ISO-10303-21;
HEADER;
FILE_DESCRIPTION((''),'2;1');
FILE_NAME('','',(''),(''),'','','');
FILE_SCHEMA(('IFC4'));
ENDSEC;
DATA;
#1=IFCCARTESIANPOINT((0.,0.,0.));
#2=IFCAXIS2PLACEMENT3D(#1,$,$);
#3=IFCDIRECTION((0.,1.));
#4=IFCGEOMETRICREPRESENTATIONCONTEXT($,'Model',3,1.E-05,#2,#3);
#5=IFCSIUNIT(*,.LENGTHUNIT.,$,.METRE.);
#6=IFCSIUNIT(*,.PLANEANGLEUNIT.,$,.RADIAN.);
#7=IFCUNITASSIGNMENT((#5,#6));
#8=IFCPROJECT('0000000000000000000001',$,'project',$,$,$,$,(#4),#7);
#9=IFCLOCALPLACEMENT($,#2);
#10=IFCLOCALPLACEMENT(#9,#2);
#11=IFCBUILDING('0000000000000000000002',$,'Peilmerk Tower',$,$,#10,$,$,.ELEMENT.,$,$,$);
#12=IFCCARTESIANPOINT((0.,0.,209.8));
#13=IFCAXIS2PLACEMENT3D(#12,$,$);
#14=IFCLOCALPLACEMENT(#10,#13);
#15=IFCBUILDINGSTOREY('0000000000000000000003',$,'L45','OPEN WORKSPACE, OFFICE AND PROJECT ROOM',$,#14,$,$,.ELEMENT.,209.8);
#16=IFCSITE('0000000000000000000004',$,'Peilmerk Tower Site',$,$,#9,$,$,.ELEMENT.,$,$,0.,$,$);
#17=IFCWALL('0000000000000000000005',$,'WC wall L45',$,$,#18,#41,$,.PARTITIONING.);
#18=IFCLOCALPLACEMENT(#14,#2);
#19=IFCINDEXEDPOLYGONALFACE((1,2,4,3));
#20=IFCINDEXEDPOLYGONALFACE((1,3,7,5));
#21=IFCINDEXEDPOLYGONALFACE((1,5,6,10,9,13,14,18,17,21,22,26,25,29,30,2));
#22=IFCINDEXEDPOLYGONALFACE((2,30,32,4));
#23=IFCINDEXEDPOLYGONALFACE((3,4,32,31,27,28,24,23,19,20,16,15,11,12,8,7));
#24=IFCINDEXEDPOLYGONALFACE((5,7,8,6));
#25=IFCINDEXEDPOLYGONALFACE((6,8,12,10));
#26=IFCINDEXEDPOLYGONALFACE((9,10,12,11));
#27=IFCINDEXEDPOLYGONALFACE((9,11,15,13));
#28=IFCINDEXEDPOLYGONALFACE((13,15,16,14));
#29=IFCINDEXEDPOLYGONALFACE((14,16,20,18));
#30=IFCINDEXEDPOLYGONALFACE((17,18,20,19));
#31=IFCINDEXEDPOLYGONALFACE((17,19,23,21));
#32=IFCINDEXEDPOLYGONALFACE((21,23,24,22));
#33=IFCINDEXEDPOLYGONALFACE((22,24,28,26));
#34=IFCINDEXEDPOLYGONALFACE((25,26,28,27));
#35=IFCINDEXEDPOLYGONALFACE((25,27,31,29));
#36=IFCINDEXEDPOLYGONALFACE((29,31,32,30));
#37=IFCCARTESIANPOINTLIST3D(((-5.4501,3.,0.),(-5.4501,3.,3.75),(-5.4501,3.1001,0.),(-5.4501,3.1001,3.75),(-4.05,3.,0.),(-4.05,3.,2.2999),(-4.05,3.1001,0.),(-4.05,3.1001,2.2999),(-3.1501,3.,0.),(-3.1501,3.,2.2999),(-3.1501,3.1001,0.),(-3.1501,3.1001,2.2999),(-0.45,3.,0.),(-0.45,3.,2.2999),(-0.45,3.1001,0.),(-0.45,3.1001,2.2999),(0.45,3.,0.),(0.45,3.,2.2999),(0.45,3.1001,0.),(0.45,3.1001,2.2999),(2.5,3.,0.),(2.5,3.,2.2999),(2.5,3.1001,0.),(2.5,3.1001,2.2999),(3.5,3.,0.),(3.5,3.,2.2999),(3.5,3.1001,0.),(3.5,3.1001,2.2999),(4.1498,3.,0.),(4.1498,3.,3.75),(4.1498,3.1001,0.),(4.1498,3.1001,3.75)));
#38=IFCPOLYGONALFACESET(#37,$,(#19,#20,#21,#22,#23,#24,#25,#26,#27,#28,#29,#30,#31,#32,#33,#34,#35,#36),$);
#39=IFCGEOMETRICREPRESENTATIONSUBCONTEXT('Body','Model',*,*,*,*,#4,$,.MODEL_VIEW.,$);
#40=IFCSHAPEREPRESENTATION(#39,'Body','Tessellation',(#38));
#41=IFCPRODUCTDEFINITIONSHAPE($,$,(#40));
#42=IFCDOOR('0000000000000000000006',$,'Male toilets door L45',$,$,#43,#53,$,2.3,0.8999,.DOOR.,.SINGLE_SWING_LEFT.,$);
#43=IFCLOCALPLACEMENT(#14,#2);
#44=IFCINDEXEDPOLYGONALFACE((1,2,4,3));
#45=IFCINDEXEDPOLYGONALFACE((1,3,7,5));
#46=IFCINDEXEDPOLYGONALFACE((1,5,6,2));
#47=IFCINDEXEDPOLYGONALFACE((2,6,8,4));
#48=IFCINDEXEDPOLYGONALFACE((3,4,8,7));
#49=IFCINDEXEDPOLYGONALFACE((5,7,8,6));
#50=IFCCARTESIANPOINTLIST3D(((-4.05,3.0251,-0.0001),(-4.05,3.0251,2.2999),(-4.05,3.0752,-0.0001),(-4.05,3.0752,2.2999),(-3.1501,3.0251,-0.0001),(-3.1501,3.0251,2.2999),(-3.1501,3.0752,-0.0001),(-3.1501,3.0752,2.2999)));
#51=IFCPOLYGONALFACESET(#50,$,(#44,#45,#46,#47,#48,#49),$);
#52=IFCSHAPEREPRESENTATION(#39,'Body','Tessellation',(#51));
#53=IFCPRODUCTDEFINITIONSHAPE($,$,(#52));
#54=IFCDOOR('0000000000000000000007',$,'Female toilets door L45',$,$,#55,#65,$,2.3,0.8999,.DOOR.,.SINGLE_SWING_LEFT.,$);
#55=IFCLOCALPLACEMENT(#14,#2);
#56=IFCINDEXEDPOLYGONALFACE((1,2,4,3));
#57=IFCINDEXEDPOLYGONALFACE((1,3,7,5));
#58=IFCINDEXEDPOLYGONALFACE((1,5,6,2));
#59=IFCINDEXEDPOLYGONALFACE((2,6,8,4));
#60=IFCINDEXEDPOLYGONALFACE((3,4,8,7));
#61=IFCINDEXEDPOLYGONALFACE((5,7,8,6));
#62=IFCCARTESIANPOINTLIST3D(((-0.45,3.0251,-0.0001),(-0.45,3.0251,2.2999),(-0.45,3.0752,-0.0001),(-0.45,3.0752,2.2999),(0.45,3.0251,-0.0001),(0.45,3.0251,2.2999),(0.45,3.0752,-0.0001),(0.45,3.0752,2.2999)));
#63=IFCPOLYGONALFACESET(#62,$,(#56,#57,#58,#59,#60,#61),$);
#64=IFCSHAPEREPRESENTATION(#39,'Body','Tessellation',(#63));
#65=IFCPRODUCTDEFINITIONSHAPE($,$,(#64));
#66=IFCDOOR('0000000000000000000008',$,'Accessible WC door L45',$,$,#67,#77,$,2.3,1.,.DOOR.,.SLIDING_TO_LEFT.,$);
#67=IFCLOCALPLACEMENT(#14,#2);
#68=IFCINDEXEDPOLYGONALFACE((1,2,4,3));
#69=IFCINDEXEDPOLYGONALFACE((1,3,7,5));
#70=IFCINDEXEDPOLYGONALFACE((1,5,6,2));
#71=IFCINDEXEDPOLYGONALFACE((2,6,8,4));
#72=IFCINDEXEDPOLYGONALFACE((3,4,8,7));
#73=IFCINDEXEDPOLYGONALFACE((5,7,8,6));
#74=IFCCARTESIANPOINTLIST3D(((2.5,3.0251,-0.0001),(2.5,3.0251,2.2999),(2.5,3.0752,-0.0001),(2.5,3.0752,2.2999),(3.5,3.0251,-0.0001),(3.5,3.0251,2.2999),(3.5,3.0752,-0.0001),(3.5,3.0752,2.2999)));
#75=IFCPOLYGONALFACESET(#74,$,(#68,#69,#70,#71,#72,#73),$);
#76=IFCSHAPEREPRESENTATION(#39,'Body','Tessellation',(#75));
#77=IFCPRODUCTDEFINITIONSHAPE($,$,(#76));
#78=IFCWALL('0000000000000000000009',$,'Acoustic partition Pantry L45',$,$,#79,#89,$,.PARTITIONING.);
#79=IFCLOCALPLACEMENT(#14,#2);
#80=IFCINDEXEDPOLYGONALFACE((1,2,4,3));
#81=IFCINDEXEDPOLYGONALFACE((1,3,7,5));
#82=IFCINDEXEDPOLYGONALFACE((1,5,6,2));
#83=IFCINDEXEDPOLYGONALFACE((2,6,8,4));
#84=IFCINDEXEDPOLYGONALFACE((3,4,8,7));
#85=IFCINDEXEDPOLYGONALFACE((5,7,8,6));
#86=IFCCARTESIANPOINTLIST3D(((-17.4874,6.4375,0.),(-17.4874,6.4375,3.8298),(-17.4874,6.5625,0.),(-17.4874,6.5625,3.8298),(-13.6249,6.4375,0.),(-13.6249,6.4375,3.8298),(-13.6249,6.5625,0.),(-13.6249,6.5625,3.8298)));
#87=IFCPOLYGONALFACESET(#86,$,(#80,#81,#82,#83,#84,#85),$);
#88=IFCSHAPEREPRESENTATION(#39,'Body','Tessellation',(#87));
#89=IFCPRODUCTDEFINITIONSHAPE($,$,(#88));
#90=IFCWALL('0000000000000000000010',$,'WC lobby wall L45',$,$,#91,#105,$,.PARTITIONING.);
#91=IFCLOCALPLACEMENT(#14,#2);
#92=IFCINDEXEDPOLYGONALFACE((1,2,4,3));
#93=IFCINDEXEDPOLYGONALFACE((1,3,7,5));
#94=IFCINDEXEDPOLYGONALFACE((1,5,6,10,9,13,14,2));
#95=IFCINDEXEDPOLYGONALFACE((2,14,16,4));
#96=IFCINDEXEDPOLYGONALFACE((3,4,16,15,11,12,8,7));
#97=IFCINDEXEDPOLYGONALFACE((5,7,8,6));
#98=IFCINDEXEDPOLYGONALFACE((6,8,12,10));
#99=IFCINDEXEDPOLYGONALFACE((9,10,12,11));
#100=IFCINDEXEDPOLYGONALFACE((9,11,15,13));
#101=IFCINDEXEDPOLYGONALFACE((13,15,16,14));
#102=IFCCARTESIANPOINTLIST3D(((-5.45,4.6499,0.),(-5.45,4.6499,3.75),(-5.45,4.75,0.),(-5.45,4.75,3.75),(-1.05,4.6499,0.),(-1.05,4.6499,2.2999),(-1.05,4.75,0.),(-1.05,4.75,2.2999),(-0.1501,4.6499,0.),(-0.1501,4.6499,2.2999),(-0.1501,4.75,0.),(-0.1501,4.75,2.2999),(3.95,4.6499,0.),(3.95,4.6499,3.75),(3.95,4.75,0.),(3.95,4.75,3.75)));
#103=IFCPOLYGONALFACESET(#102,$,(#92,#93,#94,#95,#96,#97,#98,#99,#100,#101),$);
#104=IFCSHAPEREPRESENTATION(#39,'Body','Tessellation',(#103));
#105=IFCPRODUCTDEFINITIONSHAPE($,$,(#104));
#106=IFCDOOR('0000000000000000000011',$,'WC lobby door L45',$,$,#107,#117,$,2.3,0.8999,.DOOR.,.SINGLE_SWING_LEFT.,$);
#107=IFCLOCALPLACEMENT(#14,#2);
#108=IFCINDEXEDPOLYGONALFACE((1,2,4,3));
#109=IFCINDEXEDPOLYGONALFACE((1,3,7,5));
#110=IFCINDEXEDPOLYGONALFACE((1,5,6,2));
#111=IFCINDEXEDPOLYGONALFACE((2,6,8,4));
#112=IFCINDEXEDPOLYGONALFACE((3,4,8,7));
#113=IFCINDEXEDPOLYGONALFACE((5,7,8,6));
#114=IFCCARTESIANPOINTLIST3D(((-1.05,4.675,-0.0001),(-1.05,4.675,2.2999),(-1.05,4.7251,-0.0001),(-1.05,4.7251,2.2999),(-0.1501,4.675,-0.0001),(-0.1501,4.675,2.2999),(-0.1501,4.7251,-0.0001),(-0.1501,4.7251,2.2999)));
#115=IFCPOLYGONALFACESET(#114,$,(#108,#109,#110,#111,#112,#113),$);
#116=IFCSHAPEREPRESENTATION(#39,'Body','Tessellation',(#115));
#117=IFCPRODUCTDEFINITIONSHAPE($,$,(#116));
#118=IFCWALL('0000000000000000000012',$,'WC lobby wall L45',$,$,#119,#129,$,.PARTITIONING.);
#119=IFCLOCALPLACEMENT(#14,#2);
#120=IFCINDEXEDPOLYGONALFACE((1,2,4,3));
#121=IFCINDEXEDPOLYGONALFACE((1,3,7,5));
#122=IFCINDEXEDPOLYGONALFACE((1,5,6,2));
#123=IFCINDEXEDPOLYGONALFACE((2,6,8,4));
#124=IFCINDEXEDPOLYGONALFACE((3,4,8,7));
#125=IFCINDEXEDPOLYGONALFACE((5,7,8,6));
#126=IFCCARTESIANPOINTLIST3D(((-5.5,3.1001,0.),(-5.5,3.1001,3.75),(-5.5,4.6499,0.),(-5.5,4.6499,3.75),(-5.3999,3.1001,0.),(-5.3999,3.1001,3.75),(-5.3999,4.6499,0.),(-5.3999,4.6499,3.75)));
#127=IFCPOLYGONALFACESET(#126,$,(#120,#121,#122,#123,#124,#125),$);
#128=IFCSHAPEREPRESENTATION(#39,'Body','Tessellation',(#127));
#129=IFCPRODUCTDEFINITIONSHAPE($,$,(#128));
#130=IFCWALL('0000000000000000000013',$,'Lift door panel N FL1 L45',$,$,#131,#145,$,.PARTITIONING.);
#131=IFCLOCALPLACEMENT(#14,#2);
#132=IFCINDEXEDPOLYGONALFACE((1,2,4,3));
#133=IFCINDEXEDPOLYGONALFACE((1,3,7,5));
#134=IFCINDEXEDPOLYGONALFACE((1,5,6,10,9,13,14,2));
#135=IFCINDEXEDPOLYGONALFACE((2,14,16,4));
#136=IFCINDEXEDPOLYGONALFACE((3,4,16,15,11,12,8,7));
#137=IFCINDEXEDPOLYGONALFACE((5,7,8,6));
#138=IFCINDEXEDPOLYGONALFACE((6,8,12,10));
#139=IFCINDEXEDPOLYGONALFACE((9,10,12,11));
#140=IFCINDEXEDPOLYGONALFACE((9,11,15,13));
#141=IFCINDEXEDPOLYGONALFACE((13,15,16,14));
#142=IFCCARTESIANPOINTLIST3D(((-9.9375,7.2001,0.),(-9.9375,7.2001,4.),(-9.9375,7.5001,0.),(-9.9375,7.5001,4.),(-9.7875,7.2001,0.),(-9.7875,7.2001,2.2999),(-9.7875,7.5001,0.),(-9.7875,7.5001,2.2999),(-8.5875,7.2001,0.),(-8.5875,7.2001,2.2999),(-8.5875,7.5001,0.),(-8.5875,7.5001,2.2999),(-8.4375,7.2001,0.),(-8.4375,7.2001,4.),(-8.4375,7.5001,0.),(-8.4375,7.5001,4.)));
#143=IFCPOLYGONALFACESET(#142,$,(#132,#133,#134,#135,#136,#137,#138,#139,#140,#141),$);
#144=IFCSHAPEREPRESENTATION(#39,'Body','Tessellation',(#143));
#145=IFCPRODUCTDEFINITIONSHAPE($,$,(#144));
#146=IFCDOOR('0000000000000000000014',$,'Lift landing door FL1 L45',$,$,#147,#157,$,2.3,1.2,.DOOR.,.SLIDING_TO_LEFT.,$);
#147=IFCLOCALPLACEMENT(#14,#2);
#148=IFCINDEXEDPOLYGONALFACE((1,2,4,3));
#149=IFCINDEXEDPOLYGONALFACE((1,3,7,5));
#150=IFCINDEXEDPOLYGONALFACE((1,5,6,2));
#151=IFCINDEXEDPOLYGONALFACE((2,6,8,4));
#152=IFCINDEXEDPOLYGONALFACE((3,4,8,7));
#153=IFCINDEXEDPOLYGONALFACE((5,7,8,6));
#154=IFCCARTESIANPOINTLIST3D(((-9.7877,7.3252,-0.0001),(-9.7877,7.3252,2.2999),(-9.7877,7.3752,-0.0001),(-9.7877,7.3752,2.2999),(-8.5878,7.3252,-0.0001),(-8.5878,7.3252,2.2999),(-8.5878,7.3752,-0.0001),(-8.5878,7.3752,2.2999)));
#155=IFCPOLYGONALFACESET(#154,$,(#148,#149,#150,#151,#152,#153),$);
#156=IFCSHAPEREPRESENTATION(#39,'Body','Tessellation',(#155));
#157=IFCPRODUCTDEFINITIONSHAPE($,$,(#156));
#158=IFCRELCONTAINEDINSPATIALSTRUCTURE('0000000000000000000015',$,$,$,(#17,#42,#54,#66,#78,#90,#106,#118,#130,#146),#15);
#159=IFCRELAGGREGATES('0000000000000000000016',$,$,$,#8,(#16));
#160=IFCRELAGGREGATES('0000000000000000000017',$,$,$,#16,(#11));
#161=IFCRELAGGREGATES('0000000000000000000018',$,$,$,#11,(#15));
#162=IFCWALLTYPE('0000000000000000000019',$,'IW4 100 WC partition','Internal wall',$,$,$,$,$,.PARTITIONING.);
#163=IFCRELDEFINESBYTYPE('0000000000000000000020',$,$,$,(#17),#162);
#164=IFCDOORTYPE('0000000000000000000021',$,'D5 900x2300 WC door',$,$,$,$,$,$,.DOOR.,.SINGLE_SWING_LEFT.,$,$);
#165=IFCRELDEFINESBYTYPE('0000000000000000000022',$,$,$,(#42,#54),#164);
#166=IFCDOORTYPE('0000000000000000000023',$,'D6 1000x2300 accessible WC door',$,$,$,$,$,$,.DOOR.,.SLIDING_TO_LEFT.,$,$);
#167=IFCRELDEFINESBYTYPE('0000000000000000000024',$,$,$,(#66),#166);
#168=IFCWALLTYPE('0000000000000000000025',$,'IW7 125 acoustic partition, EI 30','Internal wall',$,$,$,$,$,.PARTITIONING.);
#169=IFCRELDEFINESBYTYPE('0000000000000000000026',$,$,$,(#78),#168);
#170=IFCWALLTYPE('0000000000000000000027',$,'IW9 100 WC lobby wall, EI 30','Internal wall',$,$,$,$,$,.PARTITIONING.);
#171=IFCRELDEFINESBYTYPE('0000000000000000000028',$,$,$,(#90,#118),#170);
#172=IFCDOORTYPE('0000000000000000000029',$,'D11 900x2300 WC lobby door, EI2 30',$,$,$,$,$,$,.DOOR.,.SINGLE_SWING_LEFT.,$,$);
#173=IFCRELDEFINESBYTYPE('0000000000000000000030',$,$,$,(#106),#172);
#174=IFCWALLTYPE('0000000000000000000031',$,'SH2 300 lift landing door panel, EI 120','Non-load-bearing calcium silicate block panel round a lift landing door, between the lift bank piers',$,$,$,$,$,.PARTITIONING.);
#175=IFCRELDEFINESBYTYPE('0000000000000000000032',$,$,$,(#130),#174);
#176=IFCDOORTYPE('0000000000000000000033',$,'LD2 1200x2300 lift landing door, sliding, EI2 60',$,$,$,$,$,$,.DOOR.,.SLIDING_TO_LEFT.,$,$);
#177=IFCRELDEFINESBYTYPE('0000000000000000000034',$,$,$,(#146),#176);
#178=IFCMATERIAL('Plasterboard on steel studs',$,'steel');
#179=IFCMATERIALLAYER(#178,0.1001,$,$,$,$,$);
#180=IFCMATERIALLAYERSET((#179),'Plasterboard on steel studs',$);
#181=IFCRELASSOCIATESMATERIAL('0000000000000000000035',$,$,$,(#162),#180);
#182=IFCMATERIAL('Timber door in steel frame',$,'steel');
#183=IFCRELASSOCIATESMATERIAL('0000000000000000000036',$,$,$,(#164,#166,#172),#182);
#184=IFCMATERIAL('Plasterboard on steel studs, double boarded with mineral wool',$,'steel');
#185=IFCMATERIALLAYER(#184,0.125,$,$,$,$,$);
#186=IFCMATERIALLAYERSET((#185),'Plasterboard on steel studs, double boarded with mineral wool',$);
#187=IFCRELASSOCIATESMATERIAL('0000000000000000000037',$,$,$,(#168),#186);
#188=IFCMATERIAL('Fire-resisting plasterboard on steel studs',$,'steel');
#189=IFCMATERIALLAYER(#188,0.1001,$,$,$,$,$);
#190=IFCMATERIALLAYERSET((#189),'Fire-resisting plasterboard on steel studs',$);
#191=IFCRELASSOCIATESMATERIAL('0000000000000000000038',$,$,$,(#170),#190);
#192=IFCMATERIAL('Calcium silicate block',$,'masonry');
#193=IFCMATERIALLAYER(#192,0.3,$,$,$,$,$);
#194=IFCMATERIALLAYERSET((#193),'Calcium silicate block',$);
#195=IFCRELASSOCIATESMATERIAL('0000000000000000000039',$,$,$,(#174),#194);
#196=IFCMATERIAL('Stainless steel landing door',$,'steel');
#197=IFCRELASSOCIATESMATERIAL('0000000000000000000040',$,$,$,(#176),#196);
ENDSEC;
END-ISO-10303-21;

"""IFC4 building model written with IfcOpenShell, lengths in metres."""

from ifc_helpers import new_model, si_unit, direction, frame, frame_2d, origin, place, context, subcontext, project, spatial, rectangle, extrude, material, layer, layer_set, type_object, element, fill, save


model = new_model("IFC4")

# Units and contexts
model_context = context("Model", 3, precision=1e-05, world=origin(), true_north=direction((0.0, 1.0)))
body_context = subcontext(model_context, "Body", "Model", "MODEL_VIEW")
ifc_project = project(units=[si_unit("LENGTHUNIT", "METRE"), si_unit("PLANEANGLEUNIT", "RADIAN")], contexts=[model_context])

# Site, building, storey
site_placement = place(None, origin())
site = spatial("IfcSite", under=ifc_project, at=site_placement, Name="Peilmerk Tower Site", CompositionType="ELEMENT", RefElevation=0.0)
building_placement = place(site_placement, origin())
building = spatial("IfcBuilding", under=site, at=building_placement, Name="Peilmerk Tower", CompositionType="ELEMENT")
storey_placement = place(building_placement, frame((0.0, 0.0, 209.8)))
storey = spatial("IfcBuildingStorey", under=building, at=storey_placement, Name="L45", Description="OPEN WORKSPACE, OFFICE AND PROJECT ROOM", CompositionType="ELEMENT", Elevation=209.8)

# Wall, openings, doors
ifc_material_1 = material(Name="Plasterboard on steel studs", Category="steel")
ifc_layer_1 = layer(ifc_material_1, 0.1001)
ifc_layer_set_1 = layer_set([ifc_layer_1], Name="Plasterboard on steel studs")
wall_type_1 = type_object("IfcWallType", Name="IW4 100 WC partition", Description="Internal wall", PredefinedType="PARTITIONING", material=ifc_layer_set_1)
wall_1_placement = place(storey_placement, frame((-5.45, 3.05, 0.0), z_axis=(0.0, 0.0, 1.0), x_axis=(1.0, 0.0, 0.0)))
wall_1 = element("IfcWall", 1, at=wall_1_placement, inside=storey, type_object=wall_type_1, Name="WC wall L45", PredefinedType="PARTITIONING", context=body_context, shape_type="SweptSolid", body=[
    extrude(rectangle(XDim=9.5999, YDim=0.1001, at=frame_2d((4.7998, 0.0))), origin(), (0.0, 0.0, 1.0), 3.75),
])
opening_1_placement = place(wall_1_placement, frame((1.3999, 0.0, 0.0)))
opening_1 = element("IfcOpeningElement", 2, at=opening_1_placement, cuts=wall_1, PredefinedType="OPENING", context=body_context, shape_type="SweptSolid", body=[
    extrude(rectangle(XDim=0.8999, YDim=2.3, at=frame_2d((0.45, 1.1499))), frame((0.0, 0.0601, 0.0), z_axis=(0.0, -1.0, 0.0), x_axis=(1.0, 0.0, 0.0)), (0.0, 0.0, 1.0), 0.1201),
])
opening_2_placement = place(wall_1_placement, frame((5.0, 0.0, 0.0)))
opening_2 = element("IfcOpeningElement", 3, at=opening_2_placement, cuts=wall_1, PredefinedType="OPENING", context=body_context, shape_type="SweptSolid", body=[
    extrude(rectangle(XDim=0.8999, YDim=2.3, at=frame_2d((0.45, 1.1499))), frame((0.0, 0.0601, 0.0), z_axis=(0.0, -1.0, 0.0), x_axis=(1.0, 0.0, 0.0)), (0.0, 0.0, 1.0), 0.1201),
])
opening_3_placement = place(wall_1_placement, frame((7.95, 0.0, 0.0)))
opening_3 = element("IfcOpeningElement", 4, at=opening_3_placement, cuts=wall_1, PredefinedType="OPENING", context=body_context, shape_type="SweptSolid", body=[
    extrude(rectangle(XDim=1.0, YDim=2.3, at=frame_2d((0.5, 1.1499))), frame((0.0, 0.0601, 0.0), z_axis=(0.0, -1.0, 0.0), x_axis=(1.0, 0.0, 0.0)), (0.0, 0.0, 1.0), 0.1201),
])
ifc_material_2 = material(Name="Timber door in steel frame", Category="steel")
door_type_1 = type_object("IfcDoorType", Name="D5 900x2300 WC door", OperationType="SINGLE_SWING_LEFT", PredefinedType="DOOR", material=ifc_material_2)
door_1_placement = place(opening_1_placement, frame((0.8999, 0.0, 0.0), z_axis=(0.0, 0.0, 1.0), x_axis=(-1.0, 0.0, 0.0)))
door_1 = element("IfcDoor", 5, at=door_1_placement, inside=storey, type_object=door_type_1, Name="Male toilets door L45", OperationType="SINGLE_SWING_LEFT", OverallHeight=2.3, OverallWidth=0.8999, PredefinedType="DOOR", context=body_context, shape_type="SweptSolid", body=[
    extrude(rectangle(XDim=0.8999, YDim=2.3, at=frame_2d((0.45, 1.1499))), frame((0.0, 0.0249, 0.0), z_axis=(0.0, -1.0, 0.0), x_axis=(1.0, 0.0, 0.0)), (0.0, 0.0, 1.0), 0.05),
])
fill(opening_1, door_1)
door_2_placement = place(opening_2_placement, frame((0.8999, 0.0, 0.0), z_axis=(0.0, 0.0, 1.0), x_axis=(-1.0, 0.0, 0.0)))
door_2 = element("IfcDoor", 6, at=door_2_placement, inside=storey, type_object=door_type_1, Name="Female toilets door L45", OperationType="SINGLE_SWING_LEFT", OverallHeight=2.3, OverallWidth=0.8999, PredefinedType="DOOR", context=body_context, shape_type="SweptSolid", body=[
    extrude(rectangle(XDim=0.8999, YDim=2.3, at=frame_2d((0.45, 1.1499))), frame((0.0, 0.0249, 0.0), z_axis=(0.0, -1.0, 0.0), x_axis=(1.0, 0.0, 0.0)), (0.0, 0.0, 1.0), 0.05),
])
fill(opening_2, door_2)
door_type_2 = type_object("IfcDoorType", Name="D6 1000x2300 accessible WC door", OperationType="SLIDING_TO_LEFT", PredefinedType="DOOR", material=ifc_material_2)
door_3_placement = place(opening_3_placement, frame((1.0, 0.0, 0.0), z_axis=(0.0, 0.0, 1.0), x_axis=(-1.0, 0.0, 0.0)))
door_3 = element("IfcDoor", 7, at=door_3_placement, inside=storey, type_object=door_type_2, Name="Accessible WC door L45", OperationType="SLIDING_TO_LEFT", OverallHeight=2.3, OverallWidth=1.0, PredefinedType="DOOR", context=body_context, shape_type="SweptSolid", body=[
    extrude(rectangle(XDim=1.0, YDim=2.3, at=frame_2d((0.5, 1.1499))), frame((0.0, 0.0249, 0.0), z_axis=(0.0, -1.0, 0.0), x_axis=(1.0, 0.0, 0.0)), (0.0, 0.0, 1.0), 0.05),
])
fill(opening_3, door_3)

# Wall
ifc_material_3 = material(Name="Plasterboard on steel studs, double boarded with mineral wool", Category="steel")
ifc_layer_2 = layer(ifc_material_3, 0.125)
ifc_layer_set_2 = layer_set([ifc_layer_2], Name="Plasterboard on steel studs, double boarded with mineral wool")
wall_type_2 = type_object("IfcWallType", Name="IW7 125 acoustic partition, EI 30", Description="Internal wall", PredefinedType="PARTITIONING", material=ifc_layer_set_2)
wall_2_placement = place(storey_placement, frame((-13.625, 6.5, 0.0), z_axis=(0.0, 0.0, 1.0), x_axis=(-1.0, 0.0, 0.0)))
element("IfcWall", 8, at=wall_2_placement, inside=storey, type_object=wall_type_2, Name="Acoustic partition Pantry L45", PredefinedType="PARTITIONING", context=body_context, shape_type="SweptSolid", body=[
    extrude(rectangle(XDim=3.8625, YDim=0.125, at=frame_2d((1.9312, 0.0))), origin(), (0.0, 0.0, 1.0), 3.8298),
])

# Wall, opening, door
ifc_material_4 = material(Name="Fire-resisting plasterboard on steel studs", Category="steel")
ifc_layer_3 = layer(ifc_material_4, 0.1001)
ifc_layer_set_3 = layer_set([ifc_layer_3], Name="Fire-resisting plasterboard on steel studs")
wall_type_3 = type_object("IfcWallType", Name="IW9 100 WC lobby wall, EI 30", Description="Internal wall", PredefinedType="PARTITIONING", material=ifc_layer_set_3)
wall_3_placement = place(storey_placement, frame((-5.45, 4.7, 0.0), z_axis=(0.0, 0.0, 1.0), x_axis=(1.0, 0.0, 0.0)))
wall_3 = element("IfcWall", 9, at=wall_3_placement, inside=storey, type_object=wall_type_3, Name="WC lobby wall L45", PredefinedType="PARTITIONING", context=body_context, shape_type="SweptSolid", body=[
    extrude(rectangle(XDim=9.3999, YDim=0.1001, at=frame_2d((4.7, 0.0))), origin(), (0.0, 0.0, 1.0), 3.75),
])
opening_4_placement = place(wall_3_placement, frame((4.3999, 0.0, 0.0)))
opening_4 = element("IfcOpeningElement", 10, at=opening_4_placement, cuts=wall_3, PredefinedType="OPENING", context=body_context, shape_type="SweptSolid", body=[
    extrude(rectangle(XDim=0.8999, YDim=2.3, at=frame_2d((0.45, 1.1499))), frame((0.0, 0.0601, 0.0), z_axis=(0.0, -1.0, 0.0), x_axis=(1.0, 0.0, 0.0)), (0.0, 0.0, 1.0), 0.1201),
])
door_type_3 = type_object("IfcDoorType", Name="D11 900x2300 WC lobby door, EI2 30", OperationType="SINGLE_SWING_LEFT", PredefinedType="DOOR", material=ifc_material_2)
door_4_placement = place(opening_4_placement, frame((0.8999, 0.0, 0.0), z_axis=(0.0, 0.0, 1.0), x_axis=(-1.0, 0.0, 0.0)))
door_4 = element("IfcDoor", 11, at=door_4_placement, inside=storey, type_object=door_type_3, Name="WC lobby door L45", OperationType="SINGLE_SWING_LEFT", OverallHeight=2.3, OverallWidth=0.8999, PredefinedType="DOOR", context=body_context, shape_type="SweptSolid", body=[
    extrude(rectangle(XDim=0.8999, YDim=2.3, at=frame_2d((0.45, 1.1499))), frame((0.0, 0.0249, 0.0), z_axis=(0.0, -1.0, 0.0), x_axis=(1.0, 0.0, 0.0)), (0.0, 0.0, 1.0), 0.05),
])
fill(opening_4, door_4)

# Wall
wall_4_placement = place(storey_placement, frame((-5.45, 3.1001, 0.0), z_axis=(0.0, 0.0, 1.0), x_axis=(0.0, 1.0, 0.0)))
element("IfcWall", 12, at=wall_4_placement, inside=storey, type_object=wall_type_3, Name="WC lobby wall L45", PredefinedType="PARTITIONING", context=body_context, shape_type="SweptSolid", body=[
    extrude(rectangle(XDim=1.5498, YDim=0.1001, at=frame_2d((0.7749, 0.0))), origin(), (0.0, 0.0, 1.0), 3.75),
])

# Wall, opening, door
ifc_material_5 = material(Name="Calcium silicate block", Category="masonry")
ifc_layer_4 = layer(ifc_material_5, 0.3)
ifc_layer_set_4 = layer_set([ifc_layer_4], Name="Calcium silicate block")
wall_type_4 = type_object("IfcWallType", Name="SH2 300 lift landing door panel, EI 120", Description="Non-load-bearing calcium silicate block panel round a lift landing door, between the lift bank piers", PredefinedType="PARTITIONING", material=ifc_layer_set_4)
wall_5_placement = place(storey_placement, frame((-9.9375, 7.3501, 0.0), z_axis=(0.0, 0.0, 1.0), x_axis=(1.0, 0.0, 0.0)))
wall_5 = element("IfcWall", 13, at=wall_5_placement, inside=storey, type_object=wall_type_4, Name="Lift door panel N FL1 L45", PredefinedType="PARTITIONING", context=body_context, shape_type="SweptSolid", body=[
    extrude(rectangle(XDim=1.5, YDim=0.3, at=frame_2d((0.75, 0.0))), origin(), (0.0, 0.0, 1.0), 4.0),
])
opening_5_placement = place(wall_5_placement, frame((0.1499, 0.0, 0.0)))
opening_5 = element("IfcOpeningElement", 14, at=opening_5_placement, cuts=wall_5, PredefinedType="OPENING", context=body_context, shape_type="SweptSolid", body=[
    extrude(rectangle(XDim=1.2, YDim=2.3, at=frame_2d((0.6001, 1.1499))), frame((0.0, 0.1599, 0.0), z_axis=(0.0, -1.0, 0.0), x_axis=(1.0, 0.0, 0.0)), (0.0, 0.0, 1.0), 0.3201),
])
ifc_material_6 = material(Name="Stainless steel landing door", Category="steel")
door_type_4 = type_object("IfcDoorType", Name="LD2 1200x2300 lift landing door, sliding, EI2 60", OperationType="SLIDING_TO_LEFT", PredefinedType="DOOR", material=ifc_material_6)
door_5_placement = place(opening_5_placement, frame((1.2, 0.0, 0.0), z_axis=(0.0, 0.0, 1.0), x_axis=(-1.0, 0.0, 0.0)))
door_5 = element("IfcDoor", 15, at=door_5_placement, inside=storey, type_object=door_type_4, Name="Lift landing door FL1 L45", OperationType="SLIDING_TO_LEFT", OverallHeight=2.3, OverallWidth=1.2, PredefinedType="DOOR", context=body_context, shape_type="SweptSolid", body=[
    extrude(rectangle(XDim=1.2, YDim=2.3, at=frame_2d((0.6001, 1.1499))), frame((0.0, 0.0249, 0.0), z_axis=(0.0, -1.0, 0.0), x_axis=(1.0, 0.0, 0.0)), (0.0, 0.0, 1.0), 0.05),
])
fill(opening_5, door_5)

save(model, "model.ifc")
